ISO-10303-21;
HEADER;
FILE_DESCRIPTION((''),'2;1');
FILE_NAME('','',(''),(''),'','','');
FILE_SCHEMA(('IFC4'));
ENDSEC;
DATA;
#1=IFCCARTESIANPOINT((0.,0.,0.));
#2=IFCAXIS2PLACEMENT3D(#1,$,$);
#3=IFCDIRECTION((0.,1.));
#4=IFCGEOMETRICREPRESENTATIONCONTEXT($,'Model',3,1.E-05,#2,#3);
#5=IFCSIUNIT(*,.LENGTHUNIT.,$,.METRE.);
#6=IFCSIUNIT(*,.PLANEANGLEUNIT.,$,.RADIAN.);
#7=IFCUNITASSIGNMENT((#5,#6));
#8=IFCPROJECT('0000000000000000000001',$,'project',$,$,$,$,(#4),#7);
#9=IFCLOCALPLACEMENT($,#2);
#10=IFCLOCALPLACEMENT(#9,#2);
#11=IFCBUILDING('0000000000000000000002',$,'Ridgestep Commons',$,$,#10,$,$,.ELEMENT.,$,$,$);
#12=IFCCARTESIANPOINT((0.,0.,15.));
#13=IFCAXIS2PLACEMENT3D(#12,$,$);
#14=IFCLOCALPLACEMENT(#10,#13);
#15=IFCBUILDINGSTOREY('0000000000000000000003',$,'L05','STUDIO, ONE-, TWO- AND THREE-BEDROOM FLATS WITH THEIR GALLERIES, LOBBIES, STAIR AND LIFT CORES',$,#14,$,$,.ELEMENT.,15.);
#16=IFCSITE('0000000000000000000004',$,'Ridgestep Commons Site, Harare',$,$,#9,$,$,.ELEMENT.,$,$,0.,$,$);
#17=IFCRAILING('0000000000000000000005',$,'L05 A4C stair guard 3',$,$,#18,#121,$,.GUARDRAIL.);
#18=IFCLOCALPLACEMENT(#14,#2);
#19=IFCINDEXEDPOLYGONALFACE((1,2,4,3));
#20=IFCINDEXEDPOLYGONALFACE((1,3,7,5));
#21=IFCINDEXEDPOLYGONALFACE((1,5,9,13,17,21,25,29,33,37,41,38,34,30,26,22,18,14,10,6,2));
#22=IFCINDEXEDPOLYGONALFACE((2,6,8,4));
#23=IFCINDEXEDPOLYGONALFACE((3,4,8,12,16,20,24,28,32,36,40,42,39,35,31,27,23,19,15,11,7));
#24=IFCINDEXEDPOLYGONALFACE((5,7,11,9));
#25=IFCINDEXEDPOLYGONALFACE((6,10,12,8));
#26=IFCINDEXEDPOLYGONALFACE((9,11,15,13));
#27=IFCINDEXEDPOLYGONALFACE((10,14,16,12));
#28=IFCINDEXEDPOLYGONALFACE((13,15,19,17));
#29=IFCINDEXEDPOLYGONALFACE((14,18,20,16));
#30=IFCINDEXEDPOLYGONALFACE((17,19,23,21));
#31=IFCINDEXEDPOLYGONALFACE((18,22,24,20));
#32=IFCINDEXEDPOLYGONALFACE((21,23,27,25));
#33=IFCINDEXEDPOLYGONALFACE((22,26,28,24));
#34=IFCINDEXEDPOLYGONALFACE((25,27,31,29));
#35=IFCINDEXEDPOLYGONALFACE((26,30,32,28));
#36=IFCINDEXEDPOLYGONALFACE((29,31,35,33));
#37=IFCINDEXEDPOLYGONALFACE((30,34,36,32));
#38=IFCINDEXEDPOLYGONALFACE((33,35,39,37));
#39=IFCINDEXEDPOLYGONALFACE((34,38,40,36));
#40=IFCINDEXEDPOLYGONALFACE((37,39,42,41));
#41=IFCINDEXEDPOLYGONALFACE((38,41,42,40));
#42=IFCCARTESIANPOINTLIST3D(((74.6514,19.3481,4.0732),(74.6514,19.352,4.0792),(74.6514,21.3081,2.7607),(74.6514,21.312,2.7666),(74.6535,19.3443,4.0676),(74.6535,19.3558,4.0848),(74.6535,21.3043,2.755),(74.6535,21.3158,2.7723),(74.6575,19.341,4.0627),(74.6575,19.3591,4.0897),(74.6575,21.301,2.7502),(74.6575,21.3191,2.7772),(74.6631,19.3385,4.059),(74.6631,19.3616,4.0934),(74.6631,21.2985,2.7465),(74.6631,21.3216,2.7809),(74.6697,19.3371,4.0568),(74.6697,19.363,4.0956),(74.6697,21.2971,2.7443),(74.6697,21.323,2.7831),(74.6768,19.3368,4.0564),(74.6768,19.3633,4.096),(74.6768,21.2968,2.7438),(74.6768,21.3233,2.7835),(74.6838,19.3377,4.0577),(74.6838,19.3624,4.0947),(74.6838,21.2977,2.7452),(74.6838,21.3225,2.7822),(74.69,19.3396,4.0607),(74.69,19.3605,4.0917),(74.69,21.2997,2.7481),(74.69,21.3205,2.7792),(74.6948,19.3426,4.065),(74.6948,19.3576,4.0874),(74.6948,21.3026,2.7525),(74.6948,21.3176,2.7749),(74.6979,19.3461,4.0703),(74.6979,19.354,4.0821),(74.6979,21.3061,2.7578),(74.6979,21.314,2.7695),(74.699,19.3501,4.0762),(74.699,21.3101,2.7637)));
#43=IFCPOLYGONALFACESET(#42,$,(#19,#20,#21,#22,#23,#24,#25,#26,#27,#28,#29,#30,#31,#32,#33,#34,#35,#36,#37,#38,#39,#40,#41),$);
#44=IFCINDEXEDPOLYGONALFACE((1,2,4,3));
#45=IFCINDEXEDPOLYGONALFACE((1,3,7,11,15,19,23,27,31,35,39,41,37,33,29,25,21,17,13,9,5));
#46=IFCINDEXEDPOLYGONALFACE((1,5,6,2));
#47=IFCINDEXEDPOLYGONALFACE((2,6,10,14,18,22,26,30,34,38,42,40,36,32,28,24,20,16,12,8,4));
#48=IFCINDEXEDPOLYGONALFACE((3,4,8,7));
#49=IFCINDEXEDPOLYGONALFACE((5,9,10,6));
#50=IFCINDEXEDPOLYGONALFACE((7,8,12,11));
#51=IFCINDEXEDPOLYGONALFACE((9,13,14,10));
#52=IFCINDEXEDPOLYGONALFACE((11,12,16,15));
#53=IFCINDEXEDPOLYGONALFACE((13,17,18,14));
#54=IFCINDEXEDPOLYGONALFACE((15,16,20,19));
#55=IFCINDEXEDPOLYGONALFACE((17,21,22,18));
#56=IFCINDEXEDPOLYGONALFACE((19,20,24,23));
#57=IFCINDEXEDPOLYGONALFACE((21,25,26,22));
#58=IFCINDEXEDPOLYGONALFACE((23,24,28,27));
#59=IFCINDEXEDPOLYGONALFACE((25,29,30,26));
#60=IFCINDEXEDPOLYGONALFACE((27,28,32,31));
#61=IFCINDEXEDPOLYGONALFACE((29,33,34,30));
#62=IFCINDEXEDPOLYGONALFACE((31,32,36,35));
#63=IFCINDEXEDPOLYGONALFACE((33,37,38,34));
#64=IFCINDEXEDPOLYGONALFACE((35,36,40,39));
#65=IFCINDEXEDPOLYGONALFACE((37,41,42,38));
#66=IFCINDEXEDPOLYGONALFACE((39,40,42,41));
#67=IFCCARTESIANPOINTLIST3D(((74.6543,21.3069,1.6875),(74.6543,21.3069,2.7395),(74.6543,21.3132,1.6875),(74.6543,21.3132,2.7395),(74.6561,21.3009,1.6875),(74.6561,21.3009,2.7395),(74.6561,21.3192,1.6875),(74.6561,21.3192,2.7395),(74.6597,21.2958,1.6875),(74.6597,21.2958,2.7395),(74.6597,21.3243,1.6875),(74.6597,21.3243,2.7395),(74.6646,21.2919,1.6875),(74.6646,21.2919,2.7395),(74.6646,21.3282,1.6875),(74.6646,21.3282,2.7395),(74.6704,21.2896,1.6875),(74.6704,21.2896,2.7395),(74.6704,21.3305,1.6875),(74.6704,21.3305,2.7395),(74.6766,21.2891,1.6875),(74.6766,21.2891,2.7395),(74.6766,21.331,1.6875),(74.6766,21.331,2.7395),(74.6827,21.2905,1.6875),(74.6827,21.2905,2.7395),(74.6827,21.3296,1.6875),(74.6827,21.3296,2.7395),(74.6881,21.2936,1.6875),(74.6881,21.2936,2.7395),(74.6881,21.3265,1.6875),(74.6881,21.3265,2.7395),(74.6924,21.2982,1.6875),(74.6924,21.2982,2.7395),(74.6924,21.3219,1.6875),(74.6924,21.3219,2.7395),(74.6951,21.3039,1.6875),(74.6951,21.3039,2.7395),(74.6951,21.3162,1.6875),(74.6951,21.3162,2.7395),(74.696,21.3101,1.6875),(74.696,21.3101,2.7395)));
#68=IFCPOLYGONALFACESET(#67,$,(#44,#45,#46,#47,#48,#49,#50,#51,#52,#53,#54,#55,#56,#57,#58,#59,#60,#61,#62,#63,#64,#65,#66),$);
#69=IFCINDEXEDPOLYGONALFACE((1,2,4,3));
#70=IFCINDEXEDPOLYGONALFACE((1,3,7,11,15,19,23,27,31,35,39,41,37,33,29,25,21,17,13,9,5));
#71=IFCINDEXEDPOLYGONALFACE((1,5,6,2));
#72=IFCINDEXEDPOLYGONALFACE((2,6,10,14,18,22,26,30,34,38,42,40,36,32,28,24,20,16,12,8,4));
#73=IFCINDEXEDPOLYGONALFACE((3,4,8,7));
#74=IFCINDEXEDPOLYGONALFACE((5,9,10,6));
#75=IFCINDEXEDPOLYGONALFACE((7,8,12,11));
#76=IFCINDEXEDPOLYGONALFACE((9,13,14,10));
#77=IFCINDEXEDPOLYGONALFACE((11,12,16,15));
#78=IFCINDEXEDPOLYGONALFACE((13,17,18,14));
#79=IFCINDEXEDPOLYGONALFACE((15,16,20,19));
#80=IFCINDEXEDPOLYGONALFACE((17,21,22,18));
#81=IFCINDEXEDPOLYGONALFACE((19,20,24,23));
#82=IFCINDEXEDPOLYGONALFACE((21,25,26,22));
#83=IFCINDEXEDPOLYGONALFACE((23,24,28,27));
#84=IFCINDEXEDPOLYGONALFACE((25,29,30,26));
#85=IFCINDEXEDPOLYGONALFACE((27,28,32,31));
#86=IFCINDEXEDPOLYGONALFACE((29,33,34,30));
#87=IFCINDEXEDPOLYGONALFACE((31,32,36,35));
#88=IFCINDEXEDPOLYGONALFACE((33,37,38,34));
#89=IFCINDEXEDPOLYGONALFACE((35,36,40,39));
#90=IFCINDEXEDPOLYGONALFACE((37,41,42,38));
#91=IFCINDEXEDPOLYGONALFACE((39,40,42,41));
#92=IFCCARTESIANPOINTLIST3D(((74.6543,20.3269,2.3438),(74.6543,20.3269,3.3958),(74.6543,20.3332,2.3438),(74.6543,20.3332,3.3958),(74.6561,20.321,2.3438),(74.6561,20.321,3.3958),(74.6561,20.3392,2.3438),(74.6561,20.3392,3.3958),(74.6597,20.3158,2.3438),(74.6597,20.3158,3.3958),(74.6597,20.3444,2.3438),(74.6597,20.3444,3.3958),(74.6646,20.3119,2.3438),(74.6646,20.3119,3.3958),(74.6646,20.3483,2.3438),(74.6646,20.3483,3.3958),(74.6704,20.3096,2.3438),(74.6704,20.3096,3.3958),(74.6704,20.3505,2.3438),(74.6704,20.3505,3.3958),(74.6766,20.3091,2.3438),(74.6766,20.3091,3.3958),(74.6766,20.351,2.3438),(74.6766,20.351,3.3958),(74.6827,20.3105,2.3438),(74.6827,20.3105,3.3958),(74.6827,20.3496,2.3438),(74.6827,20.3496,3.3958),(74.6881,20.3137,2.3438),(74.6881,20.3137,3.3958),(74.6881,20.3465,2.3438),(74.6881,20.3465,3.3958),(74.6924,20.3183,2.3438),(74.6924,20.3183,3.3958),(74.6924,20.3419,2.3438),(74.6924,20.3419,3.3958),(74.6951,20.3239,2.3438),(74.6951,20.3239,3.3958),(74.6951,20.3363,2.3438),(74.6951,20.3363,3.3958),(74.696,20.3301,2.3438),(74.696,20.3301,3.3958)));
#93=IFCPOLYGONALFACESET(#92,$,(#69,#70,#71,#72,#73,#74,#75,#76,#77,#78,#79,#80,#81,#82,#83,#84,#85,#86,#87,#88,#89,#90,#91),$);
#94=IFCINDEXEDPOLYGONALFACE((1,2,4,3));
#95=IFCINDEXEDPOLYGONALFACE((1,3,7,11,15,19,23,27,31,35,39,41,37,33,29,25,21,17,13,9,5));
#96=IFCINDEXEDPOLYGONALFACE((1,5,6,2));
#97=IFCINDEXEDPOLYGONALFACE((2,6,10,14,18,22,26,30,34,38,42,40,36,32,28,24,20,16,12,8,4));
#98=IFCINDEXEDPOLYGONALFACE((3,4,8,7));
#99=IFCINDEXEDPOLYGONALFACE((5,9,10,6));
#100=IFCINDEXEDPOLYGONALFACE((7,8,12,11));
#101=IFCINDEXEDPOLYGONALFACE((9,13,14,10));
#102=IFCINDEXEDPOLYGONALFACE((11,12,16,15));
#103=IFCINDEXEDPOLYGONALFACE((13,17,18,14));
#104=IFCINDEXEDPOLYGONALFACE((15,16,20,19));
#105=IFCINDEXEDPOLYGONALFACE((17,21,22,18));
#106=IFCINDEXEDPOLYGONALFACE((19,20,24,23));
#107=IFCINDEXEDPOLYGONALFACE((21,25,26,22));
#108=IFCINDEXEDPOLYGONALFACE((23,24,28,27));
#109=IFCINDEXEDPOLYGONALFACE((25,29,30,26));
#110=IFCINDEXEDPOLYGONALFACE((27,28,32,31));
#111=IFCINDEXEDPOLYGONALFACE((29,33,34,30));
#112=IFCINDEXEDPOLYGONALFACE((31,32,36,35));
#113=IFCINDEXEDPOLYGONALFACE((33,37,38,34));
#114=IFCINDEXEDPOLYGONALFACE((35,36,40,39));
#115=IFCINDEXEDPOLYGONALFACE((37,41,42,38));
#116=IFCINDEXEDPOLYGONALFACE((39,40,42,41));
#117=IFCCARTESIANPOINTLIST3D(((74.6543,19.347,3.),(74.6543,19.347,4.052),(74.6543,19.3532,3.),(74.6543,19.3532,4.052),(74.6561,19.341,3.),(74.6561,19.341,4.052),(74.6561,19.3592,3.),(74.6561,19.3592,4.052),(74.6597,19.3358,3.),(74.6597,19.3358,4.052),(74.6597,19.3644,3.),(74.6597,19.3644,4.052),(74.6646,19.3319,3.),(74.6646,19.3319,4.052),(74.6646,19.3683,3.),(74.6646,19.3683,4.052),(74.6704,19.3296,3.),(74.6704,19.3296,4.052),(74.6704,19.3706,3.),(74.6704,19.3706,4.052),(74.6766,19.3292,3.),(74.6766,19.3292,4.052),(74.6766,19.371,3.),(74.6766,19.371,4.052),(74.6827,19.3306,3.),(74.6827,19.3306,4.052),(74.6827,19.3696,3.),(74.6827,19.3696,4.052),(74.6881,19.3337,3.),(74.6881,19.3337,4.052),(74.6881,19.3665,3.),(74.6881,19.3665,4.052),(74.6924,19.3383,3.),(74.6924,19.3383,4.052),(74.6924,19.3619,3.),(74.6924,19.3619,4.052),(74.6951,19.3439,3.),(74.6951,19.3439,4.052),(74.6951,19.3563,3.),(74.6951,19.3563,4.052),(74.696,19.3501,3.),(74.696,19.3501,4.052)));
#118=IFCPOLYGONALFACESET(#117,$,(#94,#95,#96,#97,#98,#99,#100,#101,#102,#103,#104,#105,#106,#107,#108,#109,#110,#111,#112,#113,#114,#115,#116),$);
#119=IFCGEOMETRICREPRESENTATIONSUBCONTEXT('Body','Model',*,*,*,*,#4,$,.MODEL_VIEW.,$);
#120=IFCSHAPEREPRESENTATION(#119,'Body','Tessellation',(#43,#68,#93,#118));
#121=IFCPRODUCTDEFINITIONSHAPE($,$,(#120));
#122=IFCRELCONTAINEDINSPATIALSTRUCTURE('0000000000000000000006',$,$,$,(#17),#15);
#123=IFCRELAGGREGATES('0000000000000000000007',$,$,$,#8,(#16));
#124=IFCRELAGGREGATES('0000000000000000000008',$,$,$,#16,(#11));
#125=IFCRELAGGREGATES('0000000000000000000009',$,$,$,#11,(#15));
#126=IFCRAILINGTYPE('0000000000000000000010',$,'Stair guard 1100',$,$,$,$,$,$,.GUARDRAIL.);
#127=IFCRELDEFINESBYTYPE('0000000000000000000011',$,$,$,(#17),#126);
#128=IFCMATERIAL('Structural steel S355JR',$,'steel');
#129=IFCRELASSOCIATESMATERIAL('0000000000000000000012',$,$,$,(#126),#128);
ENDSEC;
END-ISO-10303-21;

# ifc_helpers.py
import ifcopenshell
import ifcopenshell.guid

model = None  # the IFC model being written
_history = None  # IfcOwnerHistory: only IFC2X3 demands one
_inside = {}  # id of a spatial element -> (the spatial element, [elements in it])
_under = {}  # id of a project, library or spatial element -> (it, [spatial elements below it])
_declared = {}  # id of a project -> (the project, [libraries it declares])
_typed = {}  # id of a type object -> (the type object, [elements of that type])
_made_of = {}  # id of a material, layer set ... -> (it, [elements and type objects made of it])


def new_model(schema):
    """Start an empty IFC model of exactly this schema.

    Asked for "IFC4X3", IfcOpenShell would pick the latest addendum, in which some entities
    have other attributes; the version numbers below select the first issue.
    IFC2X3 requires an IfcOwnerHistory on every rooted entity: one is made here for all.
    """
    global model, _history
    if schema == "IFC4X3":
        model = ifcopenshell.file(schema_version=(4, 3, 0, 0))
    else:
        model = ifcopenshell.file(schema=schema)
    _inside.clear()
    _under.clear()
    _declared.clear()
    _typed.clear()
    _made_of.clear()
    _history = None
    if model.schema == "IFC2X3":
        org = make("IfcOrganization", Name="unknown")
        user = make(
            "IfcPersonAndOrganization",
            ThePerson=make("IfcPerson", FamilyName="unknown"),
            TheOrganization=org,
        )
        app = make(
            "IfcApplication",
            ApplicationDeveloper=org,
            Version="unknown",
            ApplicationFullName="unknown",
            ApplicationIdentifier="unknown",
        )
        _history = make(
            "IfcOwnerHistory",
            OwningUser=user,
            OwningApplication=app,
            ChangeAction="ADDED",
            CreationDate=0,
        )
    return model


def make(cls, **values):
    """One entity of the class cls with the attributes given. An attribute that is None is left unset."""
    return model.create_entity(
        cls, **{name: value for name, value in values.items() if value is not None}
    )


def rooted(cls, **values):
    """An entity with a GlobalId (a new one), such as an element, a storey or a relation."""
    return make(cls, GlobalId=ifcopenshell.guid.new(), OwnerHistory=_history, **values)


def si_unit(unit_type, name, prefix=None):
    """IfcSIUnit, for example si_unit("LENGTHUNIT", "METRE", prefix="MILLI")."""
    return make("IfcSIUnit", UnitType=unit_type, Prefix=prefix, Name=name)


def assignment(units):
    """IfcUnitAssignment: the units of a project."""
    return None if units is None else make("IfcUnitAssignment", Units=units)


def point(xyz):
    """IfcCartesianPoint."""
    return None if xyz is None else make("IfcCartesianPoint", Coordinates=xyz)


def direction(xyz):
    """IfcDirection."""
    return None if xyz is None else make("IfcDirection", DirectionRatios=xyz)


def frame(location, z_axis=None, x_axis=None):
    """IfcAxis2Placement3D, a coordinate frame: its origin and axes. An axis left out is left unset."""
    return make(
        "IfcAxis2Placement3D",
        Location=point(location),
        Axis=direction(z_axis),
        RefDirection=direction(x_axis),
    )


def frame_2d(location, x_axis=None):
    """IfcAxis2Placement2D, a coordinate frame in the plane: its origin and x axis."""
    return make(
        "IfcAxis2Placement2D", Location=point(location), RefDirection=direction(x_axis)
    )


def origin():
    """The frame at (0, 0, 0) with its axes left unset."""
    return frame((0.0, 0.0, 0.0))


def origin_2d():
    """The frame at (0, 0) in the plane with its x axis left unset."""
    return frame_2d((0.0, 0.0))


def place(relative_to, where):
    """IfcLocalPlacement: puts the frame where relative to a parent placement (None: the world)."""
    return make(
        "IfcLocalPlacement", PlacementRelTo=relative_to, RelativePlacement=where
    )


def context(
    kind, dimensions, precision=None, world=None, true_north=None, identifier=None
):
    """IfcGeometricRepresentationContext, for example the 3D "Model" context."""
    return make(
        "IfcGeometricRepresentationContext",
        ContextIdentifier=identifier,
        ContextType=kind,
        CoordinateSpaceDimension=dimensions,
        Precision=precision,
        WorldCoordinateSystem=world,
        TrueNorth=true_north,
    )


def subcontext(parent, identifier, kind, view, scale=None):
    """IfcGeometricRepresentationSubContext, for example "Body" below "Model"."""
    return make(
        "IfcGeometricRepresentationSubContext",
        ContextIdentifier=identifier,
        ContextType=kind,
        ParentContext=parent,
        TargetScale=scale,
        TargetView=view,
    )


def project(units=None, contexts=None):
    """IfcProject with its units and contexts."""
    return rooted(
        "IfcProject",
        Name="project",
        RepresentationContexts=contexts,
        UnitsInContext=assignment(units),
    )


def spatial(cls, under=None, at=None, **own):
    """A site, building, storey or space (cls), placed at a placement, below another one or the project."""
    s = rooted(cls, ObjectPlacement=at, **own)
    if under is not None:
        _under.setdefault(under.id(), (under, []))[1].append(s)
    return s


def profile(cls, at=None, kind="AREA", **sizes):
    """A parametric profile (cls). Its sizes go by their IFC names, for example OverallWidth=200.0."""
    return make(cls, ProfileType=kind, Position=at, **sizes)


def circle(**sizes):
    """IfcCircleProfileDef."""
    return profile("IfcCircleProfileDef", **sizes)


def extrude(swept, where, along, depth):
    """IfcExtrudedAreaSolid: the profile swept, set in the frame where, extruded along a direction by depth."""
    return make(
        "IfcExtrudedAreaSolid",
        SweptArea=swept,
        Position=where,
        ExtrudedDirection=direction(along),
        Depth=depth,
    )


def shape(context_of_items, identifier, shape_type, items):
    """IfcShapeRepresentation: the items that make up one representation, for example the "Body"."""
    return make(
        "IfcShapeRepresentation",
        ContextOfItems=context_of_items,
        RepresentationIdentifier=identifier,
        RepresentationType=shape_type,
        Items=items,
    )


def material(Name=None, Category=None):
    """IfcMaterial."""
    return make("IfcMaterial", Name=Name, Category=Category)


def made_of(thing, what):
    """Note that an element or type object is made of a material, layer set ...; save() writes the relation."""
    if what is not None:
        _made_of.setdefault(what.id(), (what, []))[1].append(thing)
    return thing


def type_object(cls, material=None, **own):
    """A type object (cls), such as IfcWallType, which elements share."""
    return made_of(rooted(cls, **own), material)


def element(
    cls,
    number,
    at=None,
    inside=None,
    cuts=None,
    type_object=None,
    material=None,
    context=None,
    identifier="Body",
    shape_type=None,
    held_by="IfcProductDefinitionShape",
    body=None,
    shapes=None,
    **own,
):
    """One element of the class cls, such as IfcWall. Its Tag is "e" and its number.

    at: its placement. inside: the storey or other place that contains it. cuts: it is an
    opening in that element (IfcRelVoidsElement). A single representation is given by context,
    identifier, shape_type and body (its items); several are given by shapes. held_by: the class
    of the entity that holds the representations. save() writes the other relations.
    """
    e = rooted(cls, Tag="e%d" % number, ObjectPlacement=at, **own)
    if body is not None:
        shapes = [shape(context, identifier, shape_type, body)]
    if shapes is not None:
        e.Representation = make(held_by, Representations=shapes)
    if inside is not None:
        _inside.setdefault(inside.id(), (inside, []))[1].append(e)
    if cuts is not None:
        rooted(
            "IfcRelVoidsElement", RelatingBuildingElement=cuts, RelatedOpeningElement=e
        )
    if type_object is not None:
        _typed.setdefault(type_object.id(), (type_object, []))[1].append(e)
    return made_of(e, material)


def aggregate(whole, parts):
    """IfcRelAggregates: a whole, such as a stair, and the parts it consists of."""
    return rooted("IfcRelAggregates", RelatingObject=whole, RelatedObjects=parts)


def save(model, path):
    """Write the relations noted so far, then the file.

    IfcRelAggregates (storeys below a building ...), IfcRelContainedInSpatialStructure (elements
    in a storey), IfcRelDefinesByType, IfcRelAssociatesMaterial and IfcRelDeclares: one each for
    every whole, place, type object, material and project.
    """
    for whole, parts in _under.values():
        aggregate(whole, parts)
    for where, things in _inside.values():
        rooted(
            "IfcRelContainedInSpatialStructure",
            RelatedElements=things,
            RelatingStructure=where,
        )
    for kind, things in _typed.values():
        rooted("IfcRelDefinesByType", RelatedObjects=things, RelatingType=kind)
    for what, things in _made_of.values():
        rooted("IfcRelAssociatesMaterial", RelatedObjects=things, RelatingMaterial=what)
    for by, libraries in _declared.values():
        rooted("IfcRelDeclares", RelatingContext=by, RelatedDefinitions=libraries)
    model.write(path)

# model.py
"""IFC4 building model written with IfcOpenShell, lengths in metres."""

from ifc_helpers import new_model, si_unit, direction, frame, origin, origin_2d, place, context, subcontext, project, spatial, circle, extrude, material, type_object, element, save


model = new_model("IFC4")

# Units and contexts
model_context = context("Model", 3, precision=1e-05, world=origin(), true_north=direction((0.0, 1.0)))
body_context = subcontext(model_context, "Body", "Model", "MODEL_VIEW")
ifc_project = project(units=[si_unit("LENGTHUNIT", "METRE"), si_unit("PLANEANGLEUNIT", "RADIAN")], contexts=[model_context])

# Site, building, storey
site_placement = place(None, origin())
site = spatial("IfcSite", under=ifc_project, at=site_placement, Name="Ridgestep Commons Site, Harare", CompositionType="ELEMENT", RefElevation=0.0)
building_placement = place(site_placement, origin())
building = spatial("IfcBuilding", under=site, at=building_placement, Name="Ridgestep Commons", CompositionType="ELEMENT")
storey_placement = place(building_placement, frame((0.0, 0.0, 15.0)))
storey = spatial("IfcBuildingStorey", under=building, at=storey_placement, Name="L05", Description="STUDIO, ONE-, TWO- AND THREE-BEDROOM FLATS WITH THEIR GALLERIES, LOBBIES, STAIR AND LIFT CORES", CompositionType="ELEMENT", Elevation=15.0)

# Railing
ifc_material_1 = material(Name="Structural steel S355JR", Category="steel")
railing_type = type_object("IfcRailingType", Name="Stair guard 1100", PredefinedType="GUARDRAIL", material=ifc_material_1)
railing_1_placement = place(storey_placement, frame((74.675, 21.3101, 1.6875)))
element("IfcRailing", 1, at=railing_1_placement, inside=storey, type_object=railing_type, Name="L05 A4C stair guard 3", PredefinedType="GUARDRAIL", context=body_context, shape_type="SweptSolid", body=[
    extrude(circle(Radius=0.0239, at=origin_2d()), frame((0.0, 0.0, 1.0762), z_axis=(0.0, -0.830902, 0.556419), x_axis=(1.0, 0.0, 0.0)), (0.0, 0.0, 1.0), 2.3589),
    extrude(circle(Radius=0.021, at=origin_2d()), origin(), (0.0, 0.0, 1.0), 1.052),
    extrude(circle(Radius=0.021, at=origin_2d()), frame((0.0, -0.98, 0.6562)), (0.0, 0.0, 1.0), 1.052),
    extrude(circle(Radius=0.021, at=origin_2d()), frame((0.0, -1.96, 1.3125)), (0.0, 0.0, 1.0), 1.052),
])

save(model, "model.ifc")
